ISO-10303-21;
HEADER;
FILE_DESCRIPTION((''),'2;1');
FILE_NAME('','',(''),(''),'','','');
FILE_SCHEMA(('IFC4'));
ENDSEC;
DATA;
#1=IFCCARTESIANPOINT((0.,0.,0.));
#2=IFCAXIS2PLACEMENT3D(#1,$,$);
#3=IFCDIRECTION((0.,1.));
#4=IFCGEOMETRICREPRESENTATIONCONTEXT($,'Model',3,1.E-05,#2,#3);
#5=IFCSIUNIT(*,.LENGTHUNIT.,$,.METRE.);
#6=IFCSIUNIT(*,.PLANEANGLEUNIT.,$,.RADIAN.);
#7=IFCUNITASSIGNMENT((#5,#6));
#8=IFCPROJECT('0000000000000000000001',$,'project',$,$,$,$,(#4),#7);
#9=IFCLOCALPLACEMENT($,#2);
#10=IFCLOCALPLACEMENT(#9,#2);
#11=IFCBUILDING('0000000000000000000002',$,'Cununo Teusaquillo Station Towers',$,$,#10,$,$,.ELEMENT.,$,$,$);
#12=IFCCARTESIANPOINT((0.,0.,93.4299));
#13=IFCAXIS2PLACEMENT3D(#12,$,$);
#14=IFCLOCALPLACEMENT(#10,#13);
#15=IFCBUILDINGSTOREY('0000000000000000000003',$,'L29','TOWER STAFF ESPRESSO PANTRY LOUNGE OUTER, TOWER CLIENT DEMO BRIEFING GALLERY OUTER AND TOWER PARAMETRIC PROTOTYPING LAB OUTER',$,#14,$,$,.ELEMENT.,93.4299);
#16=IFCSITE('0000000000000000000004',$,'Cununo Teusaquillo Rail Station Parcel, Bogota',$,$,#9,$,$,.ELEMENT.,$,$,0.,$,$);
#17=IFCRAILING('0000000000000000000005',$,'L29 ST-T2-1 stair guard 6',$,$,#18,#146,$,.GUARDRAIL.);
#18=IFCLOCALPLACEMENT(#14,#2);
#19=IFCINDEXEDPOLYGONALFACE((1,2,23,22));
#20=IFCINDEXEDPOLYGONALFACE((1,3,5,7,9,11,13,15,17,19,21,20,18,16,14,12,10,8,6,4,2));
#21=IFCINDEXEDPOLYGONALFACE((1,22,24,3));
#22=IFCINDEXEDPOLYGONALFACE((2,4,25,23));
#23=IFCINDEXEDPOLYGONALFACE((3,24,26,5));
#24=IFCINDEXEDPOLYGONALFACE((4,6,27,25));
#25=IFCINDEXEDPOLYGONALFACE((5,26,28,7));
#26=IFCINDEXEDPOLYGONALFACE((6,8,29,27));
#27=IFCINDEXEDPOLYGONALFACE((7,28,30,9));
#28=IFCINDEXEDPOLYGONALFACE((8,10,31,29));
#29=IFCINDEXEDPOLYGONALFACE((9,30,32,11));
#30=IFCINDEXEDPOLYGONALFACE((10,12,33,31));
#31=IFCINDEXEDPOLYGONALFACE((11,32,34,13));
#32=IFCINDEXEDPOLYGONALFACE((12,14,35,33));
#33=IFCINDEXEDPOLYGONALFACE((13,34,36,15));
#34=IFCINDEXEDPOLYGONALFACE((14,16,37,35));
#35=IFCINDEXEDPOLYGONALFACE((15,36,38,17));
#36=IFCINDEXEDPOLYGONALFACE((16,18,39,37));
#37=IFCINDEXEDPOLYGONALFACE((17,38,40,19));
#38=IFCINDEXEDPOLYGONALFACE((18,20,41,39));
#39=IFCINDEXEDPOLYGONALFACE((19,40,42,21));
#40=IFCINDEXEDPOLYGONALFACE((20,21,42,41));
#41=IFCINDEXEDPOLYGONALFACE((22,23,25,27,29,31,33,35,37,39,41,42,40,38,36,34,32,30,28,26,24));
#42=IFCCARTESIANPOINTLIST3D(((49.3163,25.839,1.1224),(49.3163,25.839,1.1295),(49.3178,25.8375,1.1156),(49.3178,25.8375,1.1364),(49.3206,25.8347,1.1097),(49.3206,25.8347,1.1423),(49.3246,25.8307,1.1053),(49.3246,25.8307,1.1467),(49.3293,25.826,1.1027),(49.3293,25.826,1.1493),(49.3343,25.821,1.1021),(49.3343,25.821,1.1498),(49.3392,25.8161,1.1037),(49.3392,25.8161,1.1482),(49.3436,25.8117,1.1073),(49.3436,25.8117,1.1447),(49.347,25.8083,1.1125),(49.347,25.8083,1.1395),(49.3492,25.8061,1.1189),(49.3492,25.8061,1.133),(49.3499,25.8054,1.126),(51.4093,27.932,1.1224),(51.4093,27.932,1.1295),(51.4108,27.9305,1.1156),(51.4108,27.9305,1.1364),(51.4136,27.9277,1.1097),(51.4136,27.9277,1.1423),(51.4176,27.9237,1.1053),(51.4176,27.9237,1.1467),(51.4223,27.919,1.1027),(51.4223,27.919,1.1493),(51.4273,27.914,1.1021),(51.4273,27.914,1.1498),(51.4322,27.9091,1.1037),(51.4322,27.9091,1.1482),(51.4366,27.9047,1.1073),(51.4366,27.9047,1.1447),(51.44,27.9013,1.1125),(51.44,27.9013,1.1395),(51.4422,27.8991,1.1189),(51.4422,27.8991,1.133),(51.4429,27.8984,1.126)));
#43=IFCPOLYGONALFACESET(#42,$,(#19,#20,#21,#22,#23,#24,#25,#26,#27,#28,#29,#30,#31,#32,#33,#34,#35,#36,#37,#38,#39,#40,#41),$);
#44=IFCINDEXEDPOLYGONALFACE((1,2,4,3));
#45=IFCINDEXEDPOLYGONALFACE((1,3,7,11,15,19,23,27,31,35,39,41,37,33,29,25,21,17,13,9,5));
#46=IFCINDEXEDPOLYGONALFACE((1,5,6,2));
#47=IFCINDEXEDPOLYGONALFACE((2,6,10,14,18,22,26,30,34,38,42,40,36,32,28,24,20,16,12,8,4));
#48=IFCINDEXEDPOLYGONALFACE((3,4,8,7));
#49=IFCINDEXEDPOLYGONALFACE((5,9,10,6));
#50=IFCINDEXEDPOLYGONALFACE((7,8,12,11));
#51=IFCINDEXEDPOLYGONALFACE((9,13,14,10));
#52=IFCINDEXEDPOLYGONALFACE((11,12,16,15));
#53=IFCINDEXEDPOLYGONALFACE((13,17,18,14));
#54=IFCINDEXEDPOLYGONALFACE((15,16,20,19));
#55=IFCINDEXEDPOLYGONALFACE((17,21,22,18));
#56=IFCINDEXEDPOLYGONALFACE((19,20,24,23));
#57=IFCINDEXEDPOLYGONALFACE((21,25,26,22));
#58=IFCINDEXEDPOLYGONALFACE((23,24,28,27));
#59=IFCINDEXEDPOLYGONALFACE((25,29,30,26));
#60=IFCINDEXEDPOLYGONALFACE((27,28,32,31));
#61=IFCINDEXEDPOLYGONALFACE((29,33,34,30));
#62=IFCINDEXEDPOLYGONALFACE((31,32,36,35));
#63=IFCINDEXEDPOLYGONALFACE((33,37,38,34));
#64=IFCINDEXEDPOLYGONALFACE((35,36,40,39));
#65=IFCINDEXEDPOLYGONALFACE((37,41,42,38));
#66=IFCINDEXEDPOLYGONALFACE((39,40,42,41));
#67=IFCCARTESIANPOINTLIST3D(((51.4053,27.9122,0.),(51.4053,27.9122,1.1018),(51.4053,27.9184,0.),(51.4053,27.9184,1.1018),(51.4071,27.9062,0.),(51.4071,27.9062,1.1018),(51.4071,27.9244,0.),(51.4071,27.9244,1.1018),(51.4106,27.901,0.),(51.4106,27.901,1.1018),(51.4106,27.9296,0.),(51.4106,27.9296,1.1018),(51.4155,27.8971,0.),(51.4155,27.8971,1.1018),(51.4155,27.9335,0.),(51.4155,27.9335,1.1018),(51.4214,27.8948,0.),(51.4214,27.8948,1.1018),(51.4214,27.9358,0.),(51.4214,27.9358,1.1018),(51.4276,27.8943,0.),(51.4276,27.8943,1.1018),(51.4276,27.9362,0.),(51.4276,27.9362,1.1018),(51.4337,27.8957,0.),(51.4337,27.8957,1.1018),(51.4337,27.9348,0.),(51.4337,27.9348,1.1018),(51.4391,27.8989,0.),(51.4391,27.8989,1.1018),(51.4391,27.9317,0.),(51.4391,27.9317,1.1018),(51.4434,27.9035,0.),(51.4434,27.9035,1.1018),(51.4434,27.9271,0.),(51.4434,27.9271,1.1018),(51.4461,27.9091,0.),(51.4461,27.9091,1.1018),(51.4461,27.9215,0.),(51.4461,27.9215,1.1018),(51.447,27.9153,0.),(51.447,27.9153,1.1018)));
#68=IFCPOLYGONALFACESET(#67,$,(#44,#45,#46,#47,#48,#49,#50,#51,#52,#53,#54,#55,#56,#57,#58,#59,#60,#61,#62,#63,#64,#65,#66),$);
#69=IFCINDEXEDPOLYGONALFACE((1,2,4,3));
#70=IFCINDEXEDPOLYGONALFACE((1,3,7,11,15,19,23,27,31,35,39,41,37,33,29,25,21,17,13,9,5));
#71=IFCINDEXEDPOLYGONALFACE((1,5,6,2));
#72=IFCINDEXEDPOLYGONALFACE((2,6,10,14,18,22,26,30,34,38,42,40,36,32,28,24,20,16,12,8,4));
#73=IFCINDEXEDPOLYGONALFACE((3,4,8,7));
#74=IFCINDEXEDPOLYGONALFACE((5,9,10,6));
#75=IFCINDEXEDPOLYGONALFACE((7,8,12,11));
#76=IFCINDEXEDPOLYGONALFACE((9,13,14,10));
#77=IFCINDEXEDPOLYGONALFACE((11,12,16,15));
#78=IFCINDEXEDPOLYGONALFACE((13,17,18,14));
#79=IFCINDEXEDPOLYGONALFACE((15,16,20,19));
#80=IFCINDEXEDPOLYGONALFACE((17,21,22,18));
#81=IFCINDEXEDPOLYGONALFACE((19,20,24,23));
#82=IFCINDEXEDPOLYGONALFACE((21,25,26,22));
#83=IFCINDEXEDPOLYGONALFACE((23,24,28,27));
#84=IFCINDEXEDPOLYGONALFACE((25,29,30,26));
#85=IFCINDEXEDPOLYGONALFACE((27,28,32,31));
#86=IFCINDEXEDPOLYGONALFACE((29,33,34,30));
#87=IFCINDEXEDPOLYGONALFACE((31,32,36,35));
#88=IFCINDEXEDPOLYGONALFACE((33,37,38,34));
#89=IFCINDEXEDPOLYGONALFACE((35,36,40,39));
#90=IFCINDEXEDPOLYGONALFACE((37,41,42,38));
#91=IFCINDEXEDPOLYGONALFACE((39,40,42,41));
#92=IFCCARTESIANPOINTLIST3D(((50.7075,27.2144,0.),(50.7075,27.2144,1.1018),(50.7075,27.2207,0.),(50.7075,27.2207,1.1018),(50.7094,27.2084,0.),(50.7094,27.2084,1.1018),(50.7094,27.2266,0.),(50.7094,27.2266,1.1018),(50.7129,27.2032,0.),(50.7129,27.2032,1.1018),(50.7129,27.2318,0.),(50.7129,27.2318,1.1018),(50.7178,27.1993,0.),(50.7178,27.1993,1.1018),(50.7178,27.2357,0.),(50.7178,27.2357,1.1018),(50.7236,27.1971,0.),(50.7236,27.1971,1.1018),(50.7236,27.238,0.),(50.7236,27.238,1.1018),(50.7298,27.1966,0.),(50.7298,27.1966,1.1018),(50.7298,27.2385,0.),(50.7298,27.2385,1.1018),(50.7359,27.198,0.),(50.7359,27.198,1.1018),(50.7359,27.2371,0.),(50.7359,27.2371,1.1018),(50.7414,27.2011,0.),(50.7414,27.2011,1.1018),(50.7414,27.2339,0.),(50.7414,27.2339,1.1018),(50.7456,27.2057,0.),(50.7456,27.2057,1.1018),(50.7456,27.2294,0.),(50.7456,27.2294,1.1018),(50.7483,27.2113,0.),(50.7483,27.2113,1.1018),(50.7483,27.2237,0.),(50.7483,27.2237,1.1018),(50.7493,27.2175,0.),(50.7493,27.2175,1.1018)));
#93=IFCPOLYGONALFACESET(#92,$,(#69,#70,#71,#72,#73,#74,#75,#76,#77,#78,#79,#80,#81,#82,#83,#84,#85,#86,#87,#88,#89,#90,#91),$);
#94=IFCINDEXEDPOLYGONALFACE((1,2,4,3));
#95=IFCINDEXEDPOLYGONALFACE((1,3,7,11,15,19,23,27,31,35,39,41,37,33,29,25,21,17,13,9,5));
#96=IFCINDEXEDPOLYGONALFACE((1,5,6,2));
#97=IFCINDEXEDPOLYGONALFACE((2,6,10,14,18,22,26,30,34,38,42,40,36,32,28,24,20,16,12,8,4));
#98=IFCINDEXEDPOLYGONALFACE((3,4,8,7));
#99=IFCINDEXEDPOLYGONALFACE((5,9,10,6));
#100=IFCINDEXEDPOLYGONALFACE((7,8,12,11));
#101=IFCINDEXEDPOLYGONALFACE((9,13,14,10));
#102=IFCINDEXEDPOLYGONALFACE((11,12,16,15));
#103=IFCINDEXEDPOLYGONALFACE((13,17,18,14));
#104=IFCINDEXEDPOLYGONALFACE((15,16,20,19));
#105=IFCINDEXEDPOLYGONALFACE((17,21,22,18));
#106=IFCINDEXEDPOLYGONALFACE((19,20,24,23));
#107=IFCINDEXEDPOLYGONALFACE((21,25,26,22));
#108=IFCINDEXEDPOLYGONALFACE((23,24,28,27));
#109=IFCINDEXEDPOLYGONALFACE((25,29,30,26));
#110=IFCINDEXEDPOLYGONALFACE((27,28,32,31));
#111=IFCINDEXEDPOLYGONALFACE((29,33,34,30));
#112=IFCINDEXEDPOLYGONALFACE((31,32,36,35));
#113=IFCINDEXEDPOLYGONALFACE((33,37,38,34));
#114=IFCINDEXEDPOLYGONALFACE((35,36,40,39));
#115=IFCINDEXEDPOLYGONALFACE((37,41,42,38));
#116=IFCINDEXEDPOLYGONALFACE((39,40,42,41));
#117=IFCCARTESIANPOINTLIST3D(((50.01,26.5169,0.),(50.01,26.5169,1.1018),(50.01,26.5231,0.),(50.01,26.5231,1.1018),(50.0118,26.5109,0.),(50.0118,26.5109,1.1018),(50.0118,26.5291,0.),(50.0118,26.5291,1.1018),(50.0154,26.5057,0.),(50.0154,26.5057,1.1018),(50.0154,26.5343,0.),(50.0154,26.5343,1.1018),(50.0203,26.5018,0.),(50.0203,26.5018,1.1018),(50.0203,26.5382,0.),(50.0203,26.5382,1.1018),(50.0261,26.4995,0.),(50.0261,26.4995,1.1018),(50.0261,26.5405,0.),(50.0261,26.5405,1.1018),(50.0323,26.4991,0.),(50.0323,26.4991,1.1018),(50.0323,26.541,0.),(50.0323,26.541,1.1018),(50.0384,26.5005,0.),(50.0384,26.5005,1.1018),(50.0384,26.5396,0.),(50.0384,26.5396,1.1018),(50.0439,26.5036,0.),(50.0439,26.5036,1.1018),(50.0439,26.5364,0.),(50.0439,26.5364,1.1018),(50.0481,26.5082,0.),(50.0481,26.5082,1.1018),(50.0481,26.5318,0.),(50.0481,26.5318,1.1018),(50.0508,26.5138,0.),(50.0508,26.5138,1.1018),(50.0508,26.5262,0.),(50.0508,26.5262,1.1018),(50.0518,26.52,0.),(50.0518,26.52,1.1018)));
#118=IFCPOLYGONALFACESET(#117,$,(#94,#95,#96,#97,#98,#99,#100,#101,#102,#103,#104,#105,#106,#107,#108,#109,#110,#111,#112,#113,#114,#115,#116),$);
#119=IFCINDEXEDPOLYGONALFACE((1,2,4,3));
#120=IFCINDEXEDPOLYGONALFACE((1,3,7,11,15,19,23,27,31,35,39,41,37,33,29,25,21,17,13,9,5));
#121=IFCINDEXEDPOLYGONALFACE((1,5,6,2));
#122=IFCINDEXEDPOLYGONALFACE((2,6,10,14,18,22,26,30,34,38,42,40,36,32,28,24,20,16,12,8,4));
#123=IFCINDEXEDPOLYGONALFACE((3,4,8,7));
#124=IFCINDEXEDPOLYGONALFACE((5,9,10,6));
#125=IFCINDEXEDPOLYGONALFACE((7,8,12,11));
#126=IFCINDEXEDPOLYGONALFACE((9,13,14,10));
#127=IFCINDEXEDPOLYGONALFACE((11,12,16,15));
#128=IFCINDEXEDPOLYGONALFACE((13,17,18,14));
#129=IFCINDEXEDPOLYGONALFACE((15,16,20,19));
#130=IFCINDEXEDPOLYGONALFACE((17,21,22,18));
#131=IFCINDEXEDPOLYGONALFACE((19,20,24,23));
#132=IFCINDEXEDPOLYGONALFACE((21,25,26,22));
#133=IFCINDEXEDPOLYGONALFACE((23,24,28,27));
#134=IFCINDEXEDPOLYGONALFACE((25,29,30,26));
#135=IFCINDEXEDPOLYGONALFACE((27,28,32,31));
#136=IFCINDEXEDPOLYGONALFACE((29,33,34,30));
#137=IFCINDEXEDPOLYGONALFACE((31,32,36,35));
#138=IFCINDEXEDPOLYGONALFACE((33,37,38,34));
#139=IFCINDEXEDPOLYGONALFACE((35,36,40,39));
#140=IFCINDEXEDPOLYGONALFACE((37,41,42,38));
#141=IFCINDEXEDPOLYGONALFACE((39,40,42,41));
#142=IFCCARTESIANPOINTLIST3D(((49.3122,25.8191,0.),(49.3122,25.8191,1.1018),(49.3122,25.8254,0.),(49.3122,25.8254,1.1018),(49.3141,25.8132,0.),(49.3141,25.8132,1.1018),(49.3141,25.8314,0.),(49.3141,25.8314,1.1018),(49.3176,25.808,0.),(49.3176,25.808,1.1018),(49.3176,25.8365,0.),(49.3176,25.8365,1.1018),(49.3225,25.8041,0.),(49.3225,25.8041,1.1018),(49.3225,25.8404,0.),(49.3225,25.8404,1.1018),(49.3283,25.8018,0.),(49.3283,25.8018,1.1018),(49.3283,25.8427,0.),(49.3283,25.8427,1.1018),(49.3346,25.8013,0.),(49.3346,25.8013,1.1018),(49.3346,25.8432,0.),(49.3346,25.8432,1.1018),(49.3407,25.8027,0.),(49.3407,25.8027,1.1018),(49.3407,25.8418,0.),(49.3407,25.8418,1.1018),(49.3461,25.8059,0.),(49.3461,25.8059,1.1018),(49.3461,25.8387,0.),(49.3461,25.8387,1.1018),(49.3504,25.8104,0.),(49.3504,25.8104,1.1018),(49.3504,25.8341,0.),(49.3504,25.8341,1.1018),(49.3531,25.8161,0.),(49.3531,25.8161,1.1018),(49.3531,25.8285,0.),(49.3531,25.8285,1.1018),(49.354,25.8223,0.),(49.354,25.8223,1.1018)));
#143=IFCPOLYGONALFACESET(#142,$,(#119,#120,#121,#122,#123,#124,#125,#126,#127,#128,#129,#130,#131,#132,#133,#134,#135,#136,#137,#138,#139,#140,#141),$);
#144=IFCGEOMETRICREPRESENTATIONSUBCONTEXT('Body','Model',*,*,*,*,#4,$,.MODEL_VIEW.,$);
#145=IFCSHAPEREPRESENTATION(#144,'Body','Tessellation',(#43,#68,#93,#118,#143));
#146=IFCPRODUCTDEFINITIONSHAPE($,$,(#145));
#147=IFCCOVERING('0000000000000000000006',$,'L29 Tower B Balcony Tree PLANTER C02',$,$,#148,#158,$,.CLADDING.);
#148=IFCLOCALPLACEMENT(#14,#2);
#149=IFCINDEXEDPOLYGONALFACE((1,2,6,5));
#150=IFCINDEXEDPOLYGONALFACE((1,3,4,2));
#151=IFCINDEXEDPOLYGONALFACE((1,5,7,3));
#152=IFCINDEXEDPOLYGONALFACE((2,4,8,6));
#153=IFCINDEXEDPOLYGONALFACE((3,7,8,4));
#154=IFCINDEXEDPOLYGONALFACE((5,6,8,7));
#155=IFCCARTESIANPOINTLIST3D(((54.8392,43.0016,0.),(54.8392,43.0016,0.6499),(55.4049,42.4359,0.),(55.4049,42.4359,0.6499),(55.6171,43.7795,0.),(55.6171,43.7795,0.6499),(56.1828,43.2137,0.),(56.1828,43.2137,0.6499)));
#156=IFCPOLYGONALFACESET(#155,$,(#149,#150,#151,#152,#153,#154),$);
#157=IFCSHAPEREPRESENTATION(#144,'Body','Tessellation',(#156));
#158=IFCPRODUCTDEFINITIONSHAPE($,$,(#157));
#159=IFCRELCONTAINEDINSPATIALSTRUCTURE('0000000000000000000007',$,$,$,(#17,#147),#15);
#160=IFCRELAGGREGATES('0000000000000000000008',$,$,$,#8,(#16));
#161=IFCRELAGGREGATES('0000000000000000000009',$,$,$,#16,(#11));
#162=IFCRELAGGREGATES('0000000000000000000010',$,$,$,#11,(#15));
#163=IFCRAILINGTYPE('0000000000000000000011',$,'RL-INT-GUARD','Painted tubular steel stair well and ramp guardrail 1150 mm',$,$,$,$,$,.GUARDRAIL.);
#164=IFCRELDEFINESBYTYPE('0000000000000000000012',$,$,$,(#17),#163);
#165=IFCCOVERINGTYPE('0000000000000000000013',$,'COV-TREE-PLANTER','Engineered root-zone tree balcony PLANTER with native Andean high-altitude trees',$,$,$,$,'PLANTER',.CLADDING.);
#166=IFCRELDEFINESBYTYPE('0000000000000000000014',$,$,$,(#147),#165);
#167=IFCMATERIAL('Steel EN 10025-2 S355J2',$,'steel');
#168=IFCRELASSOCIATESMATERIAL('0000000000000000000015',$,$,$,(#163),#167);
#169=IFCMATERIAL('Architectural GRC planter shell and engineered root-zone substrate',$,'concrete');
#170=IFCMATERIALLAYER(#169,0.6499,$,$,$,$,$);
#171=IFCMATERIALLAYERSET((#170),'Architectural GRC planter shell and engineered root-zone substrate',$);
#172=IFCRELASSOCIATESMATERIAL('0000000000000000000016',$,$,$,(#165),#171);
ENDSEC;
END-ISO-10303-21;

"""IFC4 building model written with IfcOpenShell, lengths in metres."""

from ifc_helpers import new_model, si_unit, direction, frame, origin, origin_2d, place, context, subcontext, project, spatial, rectangle, circle, extrude, source, transform, mapped, material, layer, layer_set, type_object, element, save


model = new_model("IFC4")

# Units and contexts
model_context = context("Model", 3, precision=1e-05, world=origin(), true_north=direction((0.0, 1.0)))
body_context = subcontext(model_context, "Body", "Model", "MODEL_VIEW")
ifc_project = project(units=[si_unit("LENGTHUNIT", "METRE"), si_unit("PLANEANGLEUNIT", "RADIAN")], contexts=[model_context])

# Site, building, storey
site_placement = place(None, origin())
site = spatial("IfcSite", under=ifc_project, at=site_placement, Name="Cununo Teusaquillo Rail Station Parcel, Bogota", CompositionType="ELEMENT", RefElevation=0.0)
building_placement = place(site_placement, origin())
building = spatial("IfcBuilding", under=site, at=building_placement, Name="Cununo Teusaquillo Station Towers", CompositionType="ELEMENT")
storey_placement = place(building_placement, frame((0.0, 0.0, 93.4299)))
storey = spatial("IfcBuildingStorey", under=building, at=storey_placement, Name="L29", Description="TOWER STAFF ESPRESSO PANTRY LOUNGE OUTER, TOWER CLIENT DEMO BRIEFING GALLERY OUTER AND TOWER PARAMETRIC PROTOTYPING LAB OUTER", CompositionType="ELEMENT", Elevation=93.4299)

# Railing
ifc_material_1 = material(Name="Steel EN 10025-2 S355J2", Category="steel")
railing_type_1 = type_object("IfcRailingType", Name="RL-INT-GUARD", Description="Painted tubular steel stair well and ramp guardrail 1150 mm", PredefinedType="GUARDRAIL", material=ifc_material_1)
railing_1_placement = place(storey_placement, frame((51.426, 27.9153, 0.0)))
element("IfcRailing", 1, at=railing_1_placement, inside=storey, type_object=railing_type_1, Name="L29 ST-T2-1 stair guard 6", PredefinedType="GUARDRAIL", context=body_context, shape_type="SweptSolid", body=[
    extrude(circle(Radius=0.0239, at=origin_2d()), frame((0.0, 0.0, 1.126), z_axis=(-0.707107, -0.707107, 0.0), x_axis=(0.707107, -0.707107, 0.0)), (0.0, 0.0, 1.0), 2.96),
    extrude(circle(Radius=0.021, at=origin_2d()), origin(), (0.0, 0.0, 1.0), 1.1018),
    extrude(circle(Radius=0.021, at=origin_2d()), frame((-0.6978, -0.6978, 0.0)), (0.0, 0.0, 1.0), 1.1018),
    extrude(circle(Radius=0.021, at=origin_2d()), frame((-1.3953, -1.3953, 0.0)), (0.0, 0.0, 1.0), 1.1018),
    extrude(circle(Radius=0.021, at=origin_2d()), frame((-2.093, -2.093, 0.0)), (0.0, 0.0, 1.0), 1.1018),
])

# Covering
ifc_material_2 = material(Name="Architectural GRC planter shell and engineered root-zone substrate", Category="concrete")
ifc_layer_1 = layer(ifc_material_2, 0.6499)
ifc_layer_set_1 = layer_set([ifc_layer_1], Name="Architectural GRC planter shell and engineered root-zone substrate")
covering_type = type_object("IfcCoveringType", Name="COV-TREE-PLANTER", Description="Engineered root-zone tree balcony PLANTER with native Andean high-altitude trees", ElementType="PLANTER", PredefinedType="CLADDING", material=ifc_layer_set_1)
shared_shape_1 = source(origin(), body_context, "Body", "SweptSolid", [
    extrude(rectangle(XDim=1.1001, YDim=0.8, at=origin_2d()), origin(), (0.0, 0.0, 1.0), 0.6499),
])
covering_placement = place(storey_placement, frame((55.511, 43.1077, 0.0), z_axis=(0.0, 0.0, 1.0), x_axis=(0.707107, 0.707107, 0.0)))
element("IfcCovering", 2, at=covering_placement, inside=storey, type_object=covering_type, Name="L29 Tower B Balcony Tree PLANTER C02", PredefinedType="CLADDING", context=body_context, shape_type="MappedRepresentation", body=[
    mapped(shared_shape_1, transform((0.0, 0.0, 0.0), x_axis=(1.0, 0.0, 0.0), y_axis=(0.0, 1.0, 0.0), z_axis=(0.0, 0.0, 1.0), scale=1.0)),
])

save(model, "model.ifc")
